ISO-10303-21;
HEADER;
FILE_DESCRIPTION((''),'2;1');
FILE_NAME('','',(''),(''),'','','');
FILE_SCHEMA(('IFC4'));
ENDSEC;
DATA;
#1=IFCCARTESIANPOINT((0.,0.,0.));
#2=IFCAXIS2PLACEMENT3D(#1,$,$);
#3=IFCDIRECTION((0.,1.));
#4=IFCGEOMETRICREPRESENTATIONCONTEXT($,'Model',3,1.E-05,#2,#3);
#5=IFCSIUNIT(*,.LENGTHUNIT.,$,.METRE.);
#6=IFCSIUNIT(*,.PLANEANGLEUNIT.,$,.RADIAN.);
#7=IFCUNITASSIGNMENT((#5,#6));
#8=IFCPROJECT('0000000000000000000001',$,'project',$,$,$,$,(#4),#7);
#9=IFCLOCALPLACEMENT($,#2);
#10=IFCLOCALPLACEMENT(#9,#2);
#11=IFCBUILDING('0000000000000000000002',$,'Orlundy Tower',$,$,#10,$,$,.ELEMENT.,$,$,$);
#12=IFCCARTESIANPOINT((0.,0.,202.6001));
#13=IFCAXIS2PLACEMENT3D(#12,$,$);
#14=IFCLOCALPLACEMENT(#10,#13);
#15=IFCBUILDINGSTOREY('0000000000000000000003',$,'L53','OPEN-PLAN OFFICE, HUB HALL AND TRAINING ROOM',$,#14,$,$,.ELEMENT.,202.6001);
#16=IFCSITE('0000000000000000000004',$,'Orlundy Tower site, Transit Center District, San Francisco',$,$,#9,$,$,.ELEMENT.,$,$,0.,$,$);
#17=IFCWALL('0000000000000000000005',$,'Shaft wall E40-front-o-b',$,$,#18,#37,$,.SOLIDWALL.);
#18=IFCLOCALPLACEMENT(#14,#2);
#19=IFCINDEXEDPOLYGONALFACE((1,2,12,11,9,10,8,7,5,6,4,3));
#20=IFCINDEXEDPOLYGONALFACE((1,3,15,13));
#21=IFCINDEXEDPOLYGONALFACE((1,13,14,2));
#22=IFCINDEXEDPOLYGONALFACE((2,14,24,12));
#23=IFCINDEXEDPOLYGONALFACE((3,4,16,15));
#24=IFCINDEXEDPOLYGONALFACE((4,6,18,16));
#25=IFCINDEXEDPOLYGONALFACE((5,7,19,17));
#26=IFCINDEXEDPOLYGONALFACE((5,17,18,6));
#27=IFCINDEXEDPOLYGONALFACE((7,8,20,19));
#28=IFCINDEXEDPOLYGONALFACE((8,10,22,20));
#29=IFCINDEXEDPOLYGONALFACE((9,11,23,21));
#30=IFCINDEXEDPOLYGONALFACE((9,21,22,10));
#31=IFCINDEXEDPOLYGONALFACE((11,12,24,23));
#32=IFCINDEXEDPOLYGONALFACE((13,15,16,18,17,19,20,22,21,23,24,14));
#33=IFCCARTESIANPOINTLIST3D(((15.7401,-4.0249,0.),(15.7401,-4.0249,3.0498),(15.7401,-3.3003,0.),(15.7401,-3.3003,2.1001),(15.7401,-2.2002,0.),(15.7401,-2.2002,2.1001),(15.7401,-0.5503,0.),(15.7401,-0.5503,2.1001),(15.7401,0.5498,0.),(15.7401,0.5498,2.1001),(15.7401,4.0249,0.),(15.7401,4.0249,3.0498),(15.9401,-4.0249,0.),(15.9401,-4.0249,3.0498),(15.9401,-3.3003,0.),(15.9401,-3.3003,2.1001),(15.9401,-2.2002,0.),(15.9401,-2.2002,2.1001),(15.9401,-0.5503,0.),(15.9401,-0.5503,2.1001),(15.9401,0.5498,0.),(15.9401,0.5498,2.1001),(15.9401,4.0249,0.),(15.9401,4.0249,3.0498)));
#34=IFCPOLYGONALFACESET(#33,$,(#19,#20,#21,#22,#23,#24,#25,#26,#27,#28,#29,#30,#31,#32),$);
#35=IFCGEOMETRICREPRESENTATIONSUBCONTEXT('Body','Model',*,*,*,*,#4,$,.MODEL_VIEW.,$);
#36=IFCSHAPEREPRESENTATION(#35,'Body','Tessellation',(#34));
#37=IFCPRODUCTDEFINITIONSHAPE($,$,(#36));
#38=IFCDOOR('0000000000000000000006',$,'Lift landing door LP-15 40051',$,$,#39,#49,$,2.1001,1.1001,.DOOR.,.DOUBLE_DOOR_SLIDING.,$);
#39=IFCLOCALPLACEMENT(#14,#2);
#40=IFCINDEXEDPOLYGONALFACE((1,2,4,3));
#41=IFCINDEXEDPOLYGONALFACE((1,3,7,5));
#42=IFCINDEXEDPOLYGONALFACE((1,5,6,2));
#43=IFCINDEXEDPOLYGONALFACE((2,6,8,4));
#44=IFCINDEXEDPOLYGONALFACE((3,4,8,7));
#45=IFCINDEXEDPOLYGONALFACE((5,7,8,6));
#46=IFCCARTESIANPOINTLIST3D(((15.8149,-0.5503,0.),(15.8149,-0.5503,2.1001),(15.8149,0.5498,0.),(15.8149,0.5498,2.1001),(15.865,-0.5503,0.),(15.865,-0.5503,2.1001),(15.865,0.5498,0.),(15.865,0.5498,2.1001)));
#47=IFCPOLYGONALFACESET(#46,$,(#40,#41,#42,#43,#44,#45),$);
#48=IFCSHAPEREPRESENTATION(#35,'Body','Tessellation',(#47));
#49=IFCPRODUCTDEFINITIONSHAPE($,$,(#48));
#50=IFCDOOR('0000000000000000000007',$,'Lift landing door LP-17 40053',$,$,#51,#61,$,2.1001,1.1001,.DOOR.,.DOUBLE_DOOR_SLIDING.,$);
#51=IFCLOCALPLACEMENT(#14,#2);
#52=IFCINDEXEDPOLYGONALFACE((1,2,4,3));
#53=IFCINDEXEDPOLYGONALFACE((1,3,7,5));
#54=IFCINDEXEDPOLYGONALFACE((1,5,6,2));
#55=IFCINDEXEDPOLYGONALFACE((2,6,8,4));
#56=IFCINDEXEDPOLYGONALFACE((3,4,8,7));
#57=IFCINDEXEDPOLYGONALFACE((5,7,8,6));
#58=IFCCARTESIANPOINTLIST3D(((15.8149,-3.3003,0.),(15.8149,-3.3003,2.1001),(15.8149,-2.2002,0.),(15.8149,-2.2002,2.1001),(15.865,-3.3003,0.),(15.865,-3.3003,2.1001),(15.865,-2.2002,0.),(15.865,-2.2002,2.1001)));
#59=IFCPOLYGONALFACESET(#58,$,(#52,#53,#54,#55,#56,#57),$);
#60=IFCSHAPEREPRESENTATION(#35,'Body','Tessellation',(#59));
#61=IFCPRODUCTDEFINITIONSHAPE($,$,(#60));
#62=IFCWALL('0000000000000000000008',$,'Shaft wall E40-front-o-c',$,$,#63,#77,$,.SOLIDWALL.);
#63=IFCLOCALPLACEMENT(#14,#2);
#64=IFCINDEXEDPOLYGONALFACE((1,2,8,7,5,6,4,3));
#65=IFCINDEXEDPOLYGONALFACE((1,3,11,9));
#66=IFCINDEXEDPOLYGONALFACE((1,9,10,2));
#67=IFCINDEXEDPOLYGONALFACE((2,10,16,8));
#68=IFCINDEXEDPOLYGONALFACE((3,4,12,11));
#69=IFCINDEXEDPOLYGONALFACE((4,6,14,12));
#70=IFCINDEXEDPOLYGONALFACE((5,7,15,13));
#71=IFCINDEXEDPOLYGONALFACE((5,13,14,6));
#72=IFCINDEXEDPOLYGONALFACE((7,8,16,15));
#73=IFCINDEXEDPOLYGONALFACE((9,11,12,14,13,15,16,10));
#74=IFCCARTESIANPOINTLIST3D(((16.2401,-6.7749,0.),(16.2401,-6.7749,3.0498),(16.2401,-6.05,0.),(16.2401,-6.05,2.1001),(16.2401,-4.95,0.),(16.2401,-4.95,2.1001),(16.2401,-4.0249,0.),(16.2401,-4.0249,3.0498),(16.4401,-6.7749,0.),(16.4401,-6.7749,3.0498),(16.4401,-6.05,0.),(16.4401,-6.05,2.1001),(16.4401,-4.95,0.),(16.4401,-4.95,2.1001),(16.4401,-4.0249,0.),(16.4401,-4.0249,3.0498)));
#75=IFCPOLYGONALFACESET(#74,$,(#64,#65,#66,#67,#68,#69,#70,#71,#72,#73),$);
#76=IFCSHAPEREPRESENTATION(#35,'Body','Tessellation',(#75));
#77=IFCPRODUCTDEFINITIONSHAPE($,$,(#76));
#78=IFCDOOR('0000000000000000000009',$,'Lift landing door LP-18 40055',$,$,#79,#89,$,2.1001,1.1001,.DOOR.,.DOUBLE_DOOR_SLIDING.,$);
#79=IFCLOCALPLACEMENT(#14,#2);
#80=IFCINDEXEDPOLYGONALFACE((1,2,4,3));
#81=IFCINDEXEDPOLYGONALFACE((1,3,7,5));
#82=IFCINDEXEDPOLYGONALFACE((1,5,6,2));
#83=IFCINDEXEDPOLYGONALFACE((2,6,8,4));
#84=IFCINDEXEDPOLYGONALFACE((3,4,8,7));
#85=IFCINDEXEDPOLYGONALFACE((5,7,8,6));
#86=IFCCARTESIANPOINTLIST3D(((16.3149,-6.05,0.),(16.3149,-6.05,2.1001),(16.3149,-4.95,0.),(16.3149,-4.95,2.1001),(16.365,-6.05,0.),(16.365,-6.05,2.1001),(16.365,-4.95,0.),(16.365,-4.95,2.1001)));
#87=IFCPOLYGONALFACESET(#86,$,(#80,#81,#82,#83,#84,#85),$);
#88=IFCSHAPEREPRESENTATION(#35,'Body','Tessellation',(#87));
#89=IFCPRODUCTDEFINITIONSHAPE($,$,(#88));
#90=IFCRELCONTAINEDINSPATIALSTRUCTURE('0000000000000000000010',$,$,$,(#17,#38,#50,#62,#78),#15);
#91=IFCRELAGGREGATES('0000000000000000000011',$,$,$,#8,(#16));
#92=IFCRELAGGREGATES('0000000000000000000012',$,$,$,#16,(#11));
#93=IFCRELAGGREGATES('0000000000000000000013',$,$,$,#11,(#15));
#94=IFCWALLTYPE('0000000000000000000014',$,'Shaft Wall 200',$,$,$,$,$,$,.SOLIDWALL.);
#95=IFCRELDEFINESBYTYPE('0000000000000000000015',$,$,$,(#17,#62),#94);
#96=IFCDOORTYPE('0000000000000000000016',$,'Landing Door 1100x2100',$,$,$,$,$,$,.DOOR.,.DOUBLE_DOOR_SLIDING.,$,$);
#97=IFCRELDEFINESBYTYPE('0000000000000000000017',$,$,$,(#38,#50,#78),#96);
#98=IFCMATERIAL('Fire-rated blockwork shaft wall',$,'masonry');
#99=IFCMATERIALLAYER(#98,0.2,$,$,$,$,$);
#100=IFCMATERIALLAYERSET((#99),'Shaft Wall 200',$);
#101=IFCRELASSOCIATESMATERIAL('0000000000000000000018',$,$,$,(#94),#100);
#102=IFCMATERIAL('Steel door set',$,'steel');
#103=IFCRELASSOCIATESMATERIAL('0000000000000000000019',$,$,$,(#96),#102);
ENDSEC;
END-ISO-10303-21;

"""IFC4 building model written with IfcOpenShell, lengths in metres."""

from ifc_helpers import new_model, si_unit, direction, frame, frame_2d, origin, place, context, subcontext, project, spatial, rectangle, extrude, material, layer, layer_set, type_object, element, fill, save


model = new_model("IFC4")

# Units and contexts
model_context = context("Model", 3, precision=1e-05, world=origin(), true_north=direction((0.0, 1.0)))
body_context = subcontext(model_context, "Body", "Model", "MODEL_VIEW")
ifc_project = project(units=[si_unit("LENGTHUNIT", "METRE"), si_unit("PLANEANGLEUNIT", "RADIAN")], contexts=[model_context])

# Site, building, storey
site_placement = place(None, origin())
site = spatial("IfcSite", under=ifc_project, at=site_placement, Name="Orlundy Tower site, Transit Center District, San Francisco", CompositionType="ELEMENT", RefElevation=0.0)
building_placement = place(site_placement, origin())
building = spatial("IfcBuilding", under=site, at=building_placement, Name="Orlundy Tower", CompositionType="ELEMENT")
storey_placement = place(building_placement, frame((0.0, 0.0, 202.6001)))
storey = spatial("IfcBuildingStorey", under=building, at=storey_placement, Name="L53", Description="OPEN-PLAN OFFICE, HUB HALL AND TRAINING ROOM", CompositionType="ELEMENT", Elevation=202.6001)

# Shared definitions
ifc_material_1 = material(Name="Fire-rated blockwork shaft wall", Category="masonry")
ifc_layer_1 = layer(ifc_material_1, 0.2)
ifc_layer_set_1 = layer_set([ifc_layer_1], Name="Shaft Wall 200")
wall_type_1 = type_object("IfcWallType", Name="Shaft Wall 200", PredefinedType="SOLIDWALL", material=ifc_layer_set_1)
ifc_material_2 = material(Name="Steel door set", Category="steel")
door_type = type_object("IfcDoorType", Name="Landing Door 1100x2100", OperationType="DOUBLE_DOOR_SLIDING", PredefinedType="DOOR", material=ifc_material_2)

# Wall, openings, doors
wall_1_placement = place(storey_placement, frame((15.8401, 4.0249, 0.0), z_axis=(0.0, 0.0, 1.0), x_axis=(0.0, -1.0, 0.0)))
wall_1 = element("IfcWall", 1, at=wall_1_placement, inside=storey, type_object=wall_type_1, Name="Shaft wall E40-front-o-b", PredefinedType="SOLIDWALL", context=body_context, shape_type="SweptSolid", body=[
    extrude(rectangle(XDim=8.0498, YDim=0.2, at=frame_2d((4.0249, 0.0))), origin(), (0.0, 0.0, 1.0), 3.0498),
])
opening_1_placement = place(wall_1_placement, frame((3.4751, 0.0, 0.0)))
opening_1 = element("IfcOpeningElement", 2, at=opening_1_placement, cuts=wall_1, PredefinedType="OPENING", context=body_context, shape_type="SweptSolid", body=[
    extrude(rectangle(XDim=1.1001, YDim=2.1001, at=frame_2d((0.55, 1.05))), frame((0.0, 0.1101, 0.0), z_axis=(0.0, -1.0, 0.0), x_axis=(1.0, 0.0, 0.0)), (0.0, 0.0, 1.0), 0.2202),
])
opening_2_placement = place(wall_1_placement, frame((6.2251, 0.0, 0.0)))
opening_2 = element("IfcOpeningElement", 3, at=opening_2_placement, cuts=wall_1, PredefinedType="OPENING", context=body_context, shape_type="SweptSolid", body=[
    extrude(rectangle(XDim=1.1001, YDim=2.1001, at=frame_2d((0.55, 1.05))), frame((0.0, 0.1101, 0.0), z_axis=(0.0, -1.0, 0.0), x_axis=(1.0, 0.0, 0.0)), (0.0, 0.0, 1.0), 0.2202),
])
door_1_placement = place(opening_1_placement, origin())
door_1 = element("IfcDoor", 4, at=door_1_placement, inside=storey, type_object=door_type, Name="Lift landing door LP-15 40051", OperationType="DOUBLE_DOOR_SLIDING", OverallHeight=2.1001, OverallWidth=1.1001, PredefinedType="DOOR", context=body_context, shape_type="SweptSolid", body=[
    extrude(rectangle(XDim=1.1001, YDim=2.1001, at=frame_2d((0.55, 1.05))), frame((0.0, 0.0249, 0.0), z_axis=(0.0, -1.0, 0.0), x_axis=(1.0, 0.0, 0.0)), (0.0, 0.0, 1.0), 0.05),
])
fill(opening_1, door_1)
door_2_placement = place(opening_2_placement, origin())
door_2 = element("IfcDoor", 5, at=door_2_placement, inside=storey, type_object=door_type, Name="Lift landing door LP-17 40053", OperationType="DOUBLE_DOOR_SLIDING", OverallHeight=2.1001, OverallWidth=1.1001, PredefinedType="DOOR", context=body_context, shape_type="SweptSolid", body=[
    extrude(rectangle(XDim=1.1001, YDim=2.1001, at=frame_2d((0.55, 1.05))), frame((0.0, 0.0249, 0.0), z_axis=(0.0, -1.0, 0.0), x_axis=(1.0, 0.0, 0.0)), (0.0, 0.0, 1.0), 0.05),
])
fill(opening_2, door_2)

# Wall, opening, door
wall_2_placement = place(storey_placement, frame((16.3401, -4.0249, 0.0), z_axis=(0.0, 0.0, 1.0), x_axis=(0.0, -1.0, 0.0)))
wall_2 = element("IfcWall", 6, at=wall_2_placement, inside=storey, type_object=wall_type_1, Name="Shaft wall E40-front-o-c", PredefinedType="SOLIDWALL", context=body_context, shape_type="SweptSolid", body=[
    extrude(rectangle(XDim=2.75, YDim=0.2, at=frame_2d((1.375, 0.0))), origin(), (0.0, 0.0, 1.0), 3.0498),
])
opening_3_placement = place(wall_2_placement, frame((0.925, 0.0, 0.0)))
opening_3 = element("IfcOpeningElement", 7, at=opening_3_placement, cuts=wall_2, PredefinedType="OPENING", context=body_context, shape_type="SweptSolid", body=[
    extrude(rectangle(XDim=1.1001, YDim=2.1001, at=frame_2d((0.55, 1.05))), frame((0.0, 0.1101, 0.0), z_axis=(0.0, -1.0, 0.0), x_axis=(1.0, 0.0, 0.0)), (0.0, 0.0, 1.0), 0.2202),
])
door_3_placement = place(opening_3_placement, origin())
door_3 = element("IfcDoor", 8, at=door_3_placement, inside=storey, type_object=door_type, Name="Lift landing door LP-18 40055", OperationType="DOUBLE_DOOR_SLIDING", OverallHeight=2.1001, OverallWidth=1.1001, PredefinedType="DOOR", context=body_context, shape_type="SweptSolid", body=[
    extrude(rectangle(XDim=1.1001, YDim=2.1001, at=frame_2d((0.55, 1.05))), frame((0.0, 0.0249, 0.0), z_axis=(0.0, -1.0, 0.0), x_axis=(1.0, 0.0, 0.0)), (0.0, 0.0, 1.0), 0.05),
])
fill(opening_3, door_3)

save(model, "model.ifc")
